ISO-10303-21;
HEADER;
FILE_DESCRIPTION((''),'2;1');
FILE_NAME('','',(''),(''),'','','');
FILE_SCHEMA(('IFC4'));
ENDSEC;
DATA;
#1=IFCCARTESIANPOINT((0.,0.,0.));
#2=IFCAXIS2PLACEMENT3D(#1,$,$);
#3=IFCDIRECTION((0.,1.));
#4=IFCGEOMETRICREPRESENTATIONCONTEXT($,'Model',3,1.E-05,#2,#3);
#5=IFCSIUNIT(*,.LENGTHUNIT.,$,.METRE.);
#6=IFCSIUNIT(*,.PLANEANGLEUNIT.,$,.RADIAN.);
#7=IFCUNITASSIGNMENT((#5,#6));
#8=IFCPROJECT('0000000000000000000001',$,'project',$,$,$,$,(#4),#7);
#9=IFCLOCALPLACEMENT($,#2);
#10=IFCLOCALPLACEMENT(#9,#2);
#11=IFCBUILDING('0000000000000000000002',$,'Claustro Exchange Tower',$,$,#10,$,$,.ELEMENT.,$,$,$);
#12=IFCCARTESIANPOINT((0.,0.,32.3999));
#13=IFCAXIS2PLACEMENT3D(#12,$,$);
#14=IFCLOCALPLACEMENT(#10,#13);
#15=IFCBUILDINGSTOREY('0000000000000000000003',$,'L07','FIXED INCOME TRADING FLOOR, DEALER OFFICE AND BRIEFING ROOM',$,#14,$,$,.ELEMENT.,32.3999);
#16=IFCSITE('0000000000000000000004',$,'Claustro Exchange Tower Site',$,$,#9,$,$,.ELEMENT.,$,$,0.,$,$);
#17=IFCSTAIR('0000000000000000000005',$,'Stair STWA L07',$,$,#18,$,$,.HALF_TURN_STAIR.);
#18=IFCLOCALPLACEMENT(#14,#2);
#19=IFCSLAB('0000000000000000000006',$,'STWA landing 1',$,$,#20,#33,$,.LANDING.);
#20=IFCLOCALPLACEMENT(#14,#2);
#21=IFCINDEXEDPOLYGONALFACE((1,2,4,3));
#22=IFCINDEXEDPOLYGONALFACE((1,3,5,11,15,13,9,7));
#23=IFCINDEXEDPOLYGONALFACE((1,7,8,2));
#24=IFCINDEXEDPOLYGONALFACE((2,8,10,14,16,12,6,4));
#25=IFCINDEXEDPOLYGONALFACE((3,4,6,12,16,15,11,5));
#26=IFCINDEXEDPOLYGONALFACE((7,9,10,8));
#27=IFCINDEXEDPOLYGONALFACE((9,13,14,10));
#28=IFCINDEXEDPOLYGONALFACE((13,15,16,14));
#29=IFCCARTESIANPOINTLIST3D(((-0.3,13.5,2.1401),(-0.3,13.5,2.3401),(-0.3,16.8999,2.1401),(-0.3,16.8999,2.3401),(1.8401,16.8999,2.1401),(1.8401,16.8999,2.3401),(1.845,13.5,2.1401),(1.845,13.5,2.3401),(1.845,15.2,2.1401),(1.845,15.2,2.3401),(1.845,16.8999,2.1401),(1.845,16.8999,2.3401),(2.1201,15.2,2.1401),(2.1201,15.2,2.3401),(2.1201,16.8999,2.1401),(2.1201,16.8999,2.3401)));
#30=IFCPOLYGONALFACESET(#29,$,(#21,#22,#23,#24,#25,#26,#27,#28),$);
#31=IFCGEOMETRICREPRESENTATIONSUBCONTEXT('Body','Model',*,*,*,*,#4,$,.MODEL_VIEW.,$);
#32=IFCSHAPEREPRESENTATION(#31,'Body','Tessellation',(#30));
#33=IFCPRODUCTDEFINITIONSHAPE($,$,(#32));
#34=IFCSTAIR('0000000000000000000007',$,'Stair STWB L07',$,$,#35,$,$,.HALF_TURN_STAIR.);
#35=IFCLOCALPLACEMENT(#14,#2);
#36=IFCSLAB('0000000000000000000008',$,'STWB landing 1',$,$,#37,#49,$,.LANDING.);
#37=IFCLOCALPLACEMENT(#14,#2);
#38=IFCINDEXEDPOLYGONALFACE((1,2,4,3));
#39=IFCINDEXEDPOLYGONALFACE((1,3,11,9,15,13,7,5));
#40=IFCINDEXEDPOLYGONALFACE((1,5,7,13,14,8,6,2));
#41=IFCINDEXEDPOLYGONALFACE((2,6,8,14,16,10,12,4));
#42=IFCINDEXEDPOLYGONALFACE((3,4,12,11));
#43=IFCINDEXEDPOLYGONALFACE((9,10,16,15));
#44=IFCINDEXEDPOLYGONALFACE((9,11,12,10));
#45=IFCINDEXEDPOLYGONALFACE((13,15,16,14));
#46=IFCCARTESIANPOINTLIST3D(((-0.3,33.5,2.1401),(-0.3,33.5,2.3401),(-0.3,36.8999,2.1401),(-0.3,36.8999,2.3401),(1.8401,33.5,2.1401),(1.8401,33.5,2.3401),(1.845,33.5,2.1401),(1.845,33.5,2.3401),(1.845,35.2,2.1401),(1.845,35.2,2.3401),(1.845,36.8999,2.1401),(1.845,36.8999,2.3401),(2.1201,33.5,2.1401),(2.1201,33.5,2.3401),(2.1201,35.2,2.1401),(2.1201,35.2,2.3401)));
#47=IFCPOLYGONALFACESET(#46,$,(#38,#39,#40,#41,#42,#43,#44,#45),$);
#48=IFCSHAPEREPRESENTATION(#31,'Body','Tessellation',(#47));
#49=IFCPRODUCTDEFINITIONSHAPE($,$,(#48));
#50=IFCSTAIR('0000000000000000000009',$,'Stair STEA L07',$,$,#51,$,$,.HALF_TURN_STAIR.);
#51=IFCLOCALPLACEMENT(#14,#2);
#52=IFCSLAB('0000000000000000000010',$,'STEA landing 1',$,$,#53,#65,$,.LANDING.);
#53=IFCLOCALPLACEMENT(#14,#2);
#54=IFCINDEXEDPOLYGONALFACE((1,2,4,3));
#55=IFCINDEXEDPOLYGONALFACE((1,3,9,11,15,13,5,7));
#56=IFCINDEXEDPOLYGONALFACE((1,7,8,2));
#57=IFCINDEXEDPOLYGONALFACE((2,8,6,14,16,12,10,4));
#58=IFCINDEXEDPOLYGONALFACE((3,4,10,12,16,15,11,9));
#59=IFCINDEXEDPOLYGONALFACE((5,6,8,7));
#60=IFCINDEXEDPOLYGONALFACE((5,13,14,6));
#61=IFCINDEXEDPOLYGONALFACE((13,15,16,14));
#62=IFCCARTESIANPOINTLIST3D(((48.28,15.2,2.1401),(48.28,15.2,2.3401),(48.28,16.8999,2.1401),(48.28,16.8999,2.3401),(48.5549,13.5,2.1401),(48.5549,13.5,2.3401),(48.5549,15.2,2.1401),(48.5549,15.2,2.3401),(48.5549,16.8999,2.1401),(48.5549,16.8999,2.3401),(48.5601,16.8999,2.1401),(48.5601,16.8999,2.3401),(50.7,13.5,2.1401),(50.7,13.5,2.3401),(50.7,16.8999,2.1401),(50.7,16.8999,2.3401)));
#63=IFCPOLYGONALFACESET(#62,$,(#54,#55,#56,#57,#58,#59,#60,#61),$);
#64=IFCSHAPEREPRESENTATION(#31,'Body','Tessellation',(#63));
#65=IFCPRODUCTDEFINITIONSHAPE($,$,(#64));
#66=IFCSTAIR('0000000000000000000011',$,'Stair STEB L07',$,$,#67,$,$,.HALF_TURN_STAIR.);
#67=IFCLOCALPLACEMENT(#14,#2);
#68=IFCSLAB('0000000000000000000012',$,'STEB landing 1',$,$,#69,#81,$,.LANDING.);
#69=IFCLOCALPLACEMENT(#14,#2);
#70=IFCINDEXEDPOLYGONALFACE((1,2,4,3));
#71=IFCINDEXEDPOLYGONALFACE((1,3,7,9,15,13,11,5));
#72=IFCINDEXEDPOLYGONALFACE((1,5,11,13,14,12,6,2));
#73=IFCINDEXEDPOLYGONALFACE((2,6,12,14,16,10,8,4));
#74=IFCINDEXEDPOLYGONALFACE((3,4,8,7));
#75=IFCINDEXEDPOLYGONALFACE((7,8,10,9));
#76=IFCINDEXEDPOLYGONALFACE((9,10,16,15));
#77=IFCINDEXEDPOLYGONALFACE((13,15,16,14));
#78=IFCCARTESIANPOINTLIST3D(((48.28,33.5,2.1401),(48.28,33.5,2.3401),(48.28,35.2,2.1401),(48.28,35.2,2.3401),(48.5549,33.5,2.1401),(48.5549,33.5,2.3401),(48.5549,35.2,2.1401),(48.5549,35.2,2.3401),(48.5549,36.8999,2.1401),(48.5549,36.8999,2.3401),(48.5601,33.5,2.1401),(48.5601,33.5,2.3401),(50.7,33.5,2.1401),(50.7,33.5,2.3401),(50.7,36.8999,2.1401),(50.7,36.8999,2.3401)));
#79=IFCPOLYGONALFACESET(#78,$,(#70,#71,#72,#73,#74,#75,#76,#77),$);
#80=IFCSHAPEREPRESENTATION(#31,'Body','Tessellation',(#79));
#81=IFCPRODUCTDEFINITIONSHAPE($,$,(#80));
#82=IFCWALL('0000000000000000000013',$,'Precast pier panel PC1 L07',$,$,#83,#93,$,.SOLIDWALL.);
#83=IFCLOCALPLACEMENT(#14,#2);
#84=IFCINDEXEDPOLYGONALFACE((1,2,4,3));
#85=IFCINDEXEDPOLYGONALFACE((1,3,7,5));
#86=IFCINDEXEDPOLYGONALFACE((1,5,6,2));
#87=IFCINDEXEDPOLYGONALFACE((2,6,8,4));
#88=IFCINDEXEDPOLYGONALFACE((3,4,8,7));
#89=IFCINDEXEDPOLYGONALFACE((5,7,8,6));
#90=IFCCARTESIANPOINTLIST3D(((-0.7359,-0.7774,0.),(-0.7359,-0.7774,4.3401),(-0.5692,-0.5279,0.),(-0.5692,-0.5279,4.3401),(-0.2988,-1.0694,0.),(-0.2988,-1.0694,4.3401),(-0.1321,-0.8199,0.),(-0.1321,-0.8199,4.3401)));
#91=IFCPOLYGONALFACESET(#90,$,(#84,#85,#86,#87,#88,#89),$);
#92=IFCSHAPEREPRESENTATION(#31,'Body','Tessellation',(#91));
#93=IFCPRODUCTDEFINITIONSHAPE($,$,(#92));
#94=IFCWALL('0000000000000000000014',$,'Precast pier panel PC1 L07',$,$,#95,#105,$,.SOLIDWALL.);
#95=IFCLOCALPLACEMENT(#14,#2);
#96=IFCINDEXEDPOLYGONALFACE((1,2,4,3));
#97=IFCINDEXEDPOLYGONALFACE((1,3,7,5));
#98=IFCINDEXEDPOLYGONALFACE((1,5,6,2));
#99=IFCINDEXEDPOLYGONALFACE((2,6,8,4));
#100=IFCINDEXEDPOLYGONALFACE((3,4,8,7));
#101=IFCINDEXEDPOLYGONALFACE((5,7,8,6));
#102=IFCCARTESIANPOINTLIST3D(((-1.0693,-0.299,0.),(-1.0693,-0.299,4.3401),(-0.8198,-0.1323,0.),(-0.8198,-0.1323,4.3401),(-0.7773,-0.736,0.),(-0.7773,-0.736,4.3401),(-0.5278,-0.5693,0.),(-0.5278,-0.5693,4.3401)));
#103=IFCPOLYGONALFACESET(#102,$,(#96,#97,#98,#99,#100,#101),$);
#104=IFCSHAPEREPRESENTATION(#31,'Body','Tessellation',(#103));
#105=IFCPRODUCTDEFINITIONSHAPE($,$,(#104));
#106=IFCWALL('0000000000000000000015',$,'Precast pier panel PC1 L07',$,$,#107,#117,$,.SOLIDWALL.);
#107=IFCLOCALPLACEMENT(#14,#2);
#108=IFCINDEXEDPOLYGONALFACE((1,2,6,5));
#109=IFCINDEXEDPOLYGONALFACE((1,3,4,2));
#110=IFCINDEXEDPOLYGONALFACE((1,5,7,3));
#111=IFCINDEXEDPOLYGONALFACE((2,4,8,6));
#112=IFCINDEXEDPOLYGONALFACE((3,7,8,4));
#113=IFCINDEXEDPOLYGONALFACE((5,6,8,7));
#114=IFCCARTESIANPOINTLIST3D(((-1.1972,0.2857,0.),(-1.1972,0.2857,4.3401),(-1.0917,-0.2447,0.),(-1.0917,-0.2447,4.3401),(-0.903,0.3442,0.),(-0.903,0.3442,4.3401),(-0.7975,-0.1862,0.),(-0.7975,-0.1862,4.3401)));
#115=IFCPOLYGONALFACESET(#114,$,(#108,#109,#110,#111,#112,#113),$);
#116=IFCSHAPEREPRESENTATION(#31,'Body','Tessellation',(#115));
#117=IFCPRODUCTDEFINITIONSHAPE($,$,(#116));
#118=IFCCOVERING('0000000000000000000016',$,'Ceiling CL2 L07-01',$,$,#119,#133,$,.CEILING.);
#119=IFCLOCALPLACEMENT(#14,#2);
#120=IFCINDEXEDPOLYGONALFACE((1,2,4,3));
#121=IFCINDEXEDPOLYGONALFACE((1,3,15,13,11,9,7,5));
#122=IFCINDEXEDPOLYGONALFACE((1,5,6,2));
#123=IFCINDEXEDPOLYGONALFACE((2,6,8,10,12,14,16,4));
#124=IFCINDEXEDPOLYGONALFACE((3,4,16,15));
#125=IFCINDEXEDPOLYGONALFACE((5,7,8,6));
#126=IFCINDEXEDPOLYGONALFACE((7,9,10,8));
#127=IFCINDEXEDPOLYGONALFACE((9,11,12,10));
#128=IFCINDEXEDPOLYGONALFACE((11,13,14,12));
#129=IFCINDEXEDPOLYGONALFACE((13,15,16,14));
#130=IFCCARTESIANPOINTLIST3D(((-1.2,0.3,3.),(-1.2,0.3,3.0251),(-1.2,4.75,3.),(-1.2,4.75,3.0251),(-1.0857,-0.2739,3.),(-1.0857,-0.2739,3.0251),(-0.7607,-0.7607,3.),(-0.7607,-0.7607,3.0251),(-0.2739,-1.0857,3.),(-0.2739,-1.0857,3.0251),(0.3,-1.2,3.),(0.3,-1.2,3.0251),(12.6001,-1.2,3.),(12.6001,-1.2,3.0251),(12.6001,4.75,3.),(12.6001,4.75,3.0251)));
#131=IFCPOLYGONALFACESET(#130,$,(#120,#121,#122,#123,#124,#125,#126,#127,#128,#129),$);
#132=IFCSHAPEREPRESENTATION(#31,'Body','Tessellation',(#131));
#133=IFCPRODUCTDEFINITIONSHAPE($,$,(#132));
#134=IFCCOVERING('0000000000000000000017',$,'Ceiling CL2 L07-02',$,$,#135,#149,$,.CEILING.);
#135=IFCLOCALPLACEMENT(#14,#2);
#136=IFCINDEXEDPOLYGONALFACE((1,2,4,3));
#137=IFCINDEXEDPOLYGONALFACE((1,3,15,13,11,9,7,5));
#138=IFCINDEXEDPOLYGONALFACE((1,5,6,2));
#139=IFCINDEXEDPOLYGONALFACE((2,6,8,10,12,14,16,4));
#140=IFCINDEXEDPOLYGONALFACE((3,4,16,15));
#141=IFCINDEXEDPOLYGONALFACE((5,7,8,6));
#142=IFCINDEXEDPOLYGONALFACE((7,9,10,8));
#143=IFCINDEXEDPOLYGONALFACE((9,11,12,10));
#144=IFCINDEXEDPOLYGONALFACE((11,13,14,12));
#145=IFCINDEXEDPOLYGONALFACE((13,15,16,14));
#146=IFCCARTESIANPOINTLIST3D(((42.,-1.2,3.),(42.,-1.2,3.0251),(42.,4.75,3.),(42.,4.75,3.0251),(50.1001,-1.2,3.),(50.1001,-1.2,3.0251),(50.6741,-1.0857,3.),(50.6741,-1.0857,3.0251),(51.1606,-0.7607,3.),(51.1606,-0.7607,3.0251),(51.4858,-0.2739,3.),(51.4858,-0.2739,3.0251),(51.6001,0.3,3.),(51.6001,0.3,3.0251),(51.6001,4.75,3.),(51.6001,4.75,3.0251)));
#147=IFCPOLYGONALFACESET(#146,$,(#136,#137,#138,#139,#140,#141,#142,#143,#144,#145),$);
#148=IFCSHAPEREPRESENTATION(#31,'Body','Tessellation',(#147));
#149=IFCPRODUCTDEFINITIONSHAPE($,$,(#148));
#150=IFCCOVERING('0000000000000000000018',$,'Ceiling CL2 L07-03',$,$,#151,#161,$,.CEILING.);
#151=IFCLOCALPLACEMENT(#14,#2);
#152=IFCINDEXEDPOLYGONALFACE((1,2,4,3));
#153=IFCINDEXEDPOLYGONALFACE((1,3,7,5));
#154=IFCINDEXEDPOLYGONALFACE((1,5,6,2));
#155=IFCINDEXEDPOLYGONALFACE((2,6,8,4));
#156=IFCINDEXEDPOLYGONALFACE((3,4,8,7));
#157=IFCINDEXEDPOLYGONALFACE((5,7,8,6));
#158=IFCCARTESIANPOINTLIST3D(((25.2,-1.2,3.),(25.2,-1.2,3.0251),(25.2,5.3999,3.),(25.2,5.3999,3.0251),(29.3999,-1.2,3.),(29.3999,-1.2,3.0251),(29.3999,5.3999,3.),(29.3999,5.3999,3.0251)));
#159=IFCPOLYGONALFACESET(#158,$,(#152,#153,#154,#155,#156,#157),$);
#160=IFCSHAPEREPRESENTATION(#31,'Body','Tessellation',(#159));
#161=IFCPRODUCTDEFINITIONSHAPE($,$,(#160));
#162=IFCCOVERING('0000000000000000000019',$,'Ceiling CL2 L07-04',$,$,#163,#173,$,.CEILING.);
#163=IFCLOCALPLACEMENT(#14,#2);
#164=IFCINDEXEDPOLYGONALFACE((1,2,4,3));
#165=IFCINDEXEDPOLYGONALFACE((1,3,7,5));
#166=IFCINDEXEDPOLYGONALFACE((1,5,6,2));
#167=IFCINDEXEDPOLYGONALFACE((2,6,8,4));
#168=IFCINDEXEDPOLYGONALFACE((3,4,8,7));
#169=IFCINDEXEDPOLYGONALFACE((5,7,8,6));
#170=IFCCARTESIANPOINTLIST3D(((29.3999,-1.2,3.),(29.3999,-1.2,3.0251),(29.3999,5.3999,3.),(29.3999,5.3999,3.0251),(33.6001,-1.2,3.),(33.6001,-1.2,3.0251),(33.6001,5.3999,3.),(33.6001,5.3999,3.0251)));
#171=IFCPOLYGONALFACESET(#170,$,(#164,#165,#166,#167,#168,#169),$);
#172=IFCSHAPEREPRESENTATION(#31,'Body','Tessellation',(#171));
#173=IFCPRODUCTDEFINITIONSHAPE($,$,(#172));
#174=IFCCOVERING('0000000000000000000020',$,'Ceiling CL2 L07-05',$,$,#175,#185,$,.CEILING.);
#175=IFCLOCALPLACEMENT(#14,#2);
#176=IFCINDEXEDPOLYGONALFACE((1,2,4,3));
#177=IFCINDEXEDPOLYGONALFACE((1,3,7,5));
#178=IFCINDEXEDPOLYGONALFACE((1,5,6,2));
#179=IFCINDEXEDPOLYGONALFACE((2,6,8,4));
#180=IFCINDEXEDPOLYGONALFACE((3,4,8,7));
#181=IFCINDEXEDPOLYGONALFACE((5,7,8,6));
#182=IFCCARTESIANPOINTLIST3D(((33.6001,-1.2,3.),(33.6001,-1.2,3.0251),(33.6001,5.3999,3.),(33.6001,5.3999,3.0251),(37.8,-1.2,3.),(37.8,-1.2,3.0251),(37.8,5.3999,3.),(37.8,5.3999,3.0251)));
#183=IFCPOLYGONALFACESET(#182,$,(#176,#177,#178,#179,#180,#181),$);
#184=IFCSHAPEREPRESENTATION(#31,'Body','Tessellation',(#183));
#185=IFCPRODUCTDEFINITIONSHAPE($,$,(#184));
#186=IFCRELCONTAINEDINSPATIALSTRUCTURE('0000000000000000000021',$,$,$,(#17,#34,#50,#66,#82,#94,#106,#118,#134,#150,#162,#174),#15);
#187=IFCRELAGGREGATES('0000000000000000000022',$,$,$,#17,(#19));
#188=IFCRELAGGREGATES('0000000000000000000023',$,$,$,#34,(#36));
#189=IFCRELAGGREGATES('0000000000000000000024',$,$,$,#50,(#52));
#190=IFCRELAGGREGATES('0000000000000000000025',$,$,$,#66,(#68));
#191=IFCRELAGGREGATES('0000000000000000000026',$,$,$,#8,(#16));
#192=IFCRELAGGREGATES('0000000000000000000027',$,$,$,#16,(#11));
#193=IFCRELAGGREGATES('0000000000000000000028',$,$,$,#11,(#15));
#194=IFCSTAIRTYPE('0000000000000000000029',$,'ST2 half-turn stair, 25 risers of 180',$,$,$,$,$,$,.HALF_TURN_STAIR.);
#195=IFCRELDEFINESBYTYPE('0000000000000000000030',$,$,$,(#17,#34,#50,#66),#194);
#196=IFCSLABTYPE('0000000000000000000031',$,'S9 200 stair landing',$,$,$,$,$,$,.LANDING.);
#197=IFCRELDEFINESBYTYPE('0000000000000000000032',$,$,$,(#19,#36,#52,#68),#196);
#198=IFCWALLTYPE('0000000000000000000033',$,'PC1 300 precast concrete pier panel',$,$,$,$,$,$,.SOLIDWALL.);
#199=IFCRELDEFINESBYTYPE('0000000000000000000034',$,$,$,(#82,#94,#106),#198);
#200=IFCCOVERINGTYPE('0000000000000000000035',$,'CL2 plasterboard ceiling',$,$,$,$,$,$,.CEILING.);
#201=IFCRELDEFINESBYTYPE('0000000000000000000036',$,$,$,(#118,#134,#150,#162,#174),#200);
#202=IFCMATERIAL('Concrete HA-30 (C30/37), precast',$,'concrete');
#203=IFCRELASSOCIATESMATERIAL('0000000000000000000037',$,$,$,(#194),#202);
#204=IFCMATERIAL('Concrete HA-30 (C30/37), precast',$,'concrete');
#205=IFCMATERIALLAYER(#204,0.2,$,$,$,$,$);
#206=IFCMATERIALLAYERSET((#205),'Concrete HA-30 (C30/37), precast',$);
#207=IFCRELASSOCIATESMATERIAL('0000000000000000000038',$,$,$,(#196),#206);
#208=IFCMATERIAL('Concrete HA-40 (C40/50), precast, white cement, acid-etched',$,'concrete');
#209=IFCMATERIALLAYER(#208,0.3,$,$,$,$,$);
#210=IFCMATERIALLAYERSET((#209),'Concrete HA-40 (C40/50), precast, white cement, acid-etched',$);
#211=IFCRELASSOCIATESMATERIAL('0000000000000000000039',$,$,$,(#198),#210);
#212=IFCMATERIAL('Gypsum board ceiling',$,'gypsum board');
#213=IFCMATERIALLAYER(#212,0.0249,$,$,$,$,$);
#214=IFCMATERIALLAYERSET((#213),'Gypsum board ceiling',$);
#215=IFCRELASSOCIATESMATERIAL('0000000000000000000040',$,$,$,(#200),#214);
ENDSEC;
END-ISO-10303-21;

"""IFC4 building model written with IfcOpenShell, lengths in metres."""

from ifc_helpers import new_model, si_unit, direction, frame, frame_2d, origin, place, context, subcontext, project, spatial, polyline, rectangle, outline, extrude, material, layer, layer_set, type_object, element, aggregate, save


model = new_model("IFC4")

# Units and contexts
model_context = context("Model", 3, precision=1e-05, world=origin(), true_north=direction((0.0, 1.0)))
body_context = subcontext(model_context, "Body", "Model", "MODEL_VIEW")
ifc_project = project(units=[si_unit("LENGTHUNIT", "METRE"), si_unit("PLANEANGLEUNIT", "RADIAN")], contexts=[model_context])

# Site, building, storey
site_placement = place(None, origin())
site = spatial("IfcSite", under=ifc_project, at=site_placement, Name="Claustro Exchange Tower Site", CompositionType="ELEMENT", RefElevation=0.0)
building_placement = place(site_placement, origin())
building = spatial("IfcBuilding", under=site, at=building_placement, Name="Claustro Exchange Tower", CompositionType="ELEMENT")
storey_placement = place(building_placement, frame((0.0, 0.0, 32.3999)))
storey = spatial("IfcBuildingStorey", under=building, at=storey_placement, Name="L07", Description="FIXED INCOME TRADING FLOOR, DEALER OFFICE AND BRIEFING ROOM", CompositionType="ELEMENT", Elevation=32.3999)

# Stairs, slabs
ifc_material_1 = material(Name="Concrete HA-30 (C30/37), precast", Category="concrete")
stair_type = type_object("IfcStairType", Name="ST2 half-turn stair, 25 risers of 180", PredefinedType="HALF_TURN_STAIR", material=ifc_material_1)
stair_1_placement = place(storey_placement, origin())
stair_1 = element("IfcStair", 1, at=stair_1_placement, inside=storey, type_object=stair_type, Name="Stair STWA L07", PredefinedType="HALF_TURN_STAIR")
ifc_material_2 = material(Name="Concrete HA-30 (C30/37), precast", Category="concrete")
ifc_layer_1 = layer(ifc_material_2, 0.2)
ifc_layer_set_1 = layer_set([ifc_layer_1], Name="Concrete HA-30 (C30/37), precast")
slab_type_1 = type_object("IfcSlabType", Name="S9 200 stair landing", PredefinedType="LANDING", material=ifc_layer_set_1)
slab_1_placement = place(storey_placement, frame((0.0, 0.0, 2.1401)))
slab_1 = element("IfcSlab", 2, at=slab_1_placement, type_object=slab_type_1, Name="STWA landing 1", PredefinedType="LANDING", context=body_context, shape_type="SweptSolid", body=[
    extrude(outline(polyline([(1.845, 13.5), (-0.3, 13.5), (-0.3, 16.8999), (1.8401, 16.8999), (1.845, 16.8999), (2.1201, 16.8999), (2.1201, 15.2), (1.845, 15.2), (1.845, 13.5)])), origin(), (0.0, 0.0, 1.0), 0.2),
])
aggregate(stair_1, [slab_1])
stair_2_placement = place(storey_placement, origin())
stair_2 = element("IfcStair", 3, at=stair_2_placement, inside=storey, type_object=stair_type, Name="Stair STWB L07", PredefinedType="HALF_TURN_STAIR")
slab_2_placement = place(storey_placement, frame((0.0, 0.0, 2.1401)))
slab_2 = element("IfcSlab", 4, at=slab_2_placement, type_object=slab_type_1, Name="STWB landing 1", PredefinedType="LANDING", context=body_context, shape_type="SweptSolid", body=[
    extrude(outline(polyline([(2.1201, 35.2), (2.1201, 33.5), (1.845, 33.5), (1.8401, 33.5), (-0.3, 33.5), (-0.3, 36.8999), (1.845, 36.8999), (1.845, 35.2), (2.1201, 35.2)])), origin(), (0.0, 0.0, 1.0), 0.2),
])
aggregate(stair_2, [slab_2])
stair_3_placement = place(storey_placement, origin())
stair_3 = element("IfcStair", 5, at=stair_3_placement, inside=storey, type_object=stair_type, Name="Stair STEA L07", PredefinedType="HALF_TURN_STAIR")
slab_3_placement = place(storey_placement, frame((0.0, 0.0, 2.1401)))
slab_3 = element("IfcSlab", 6, at=slab_3_placement, type_object=slab_type_1, Name="STEA landing 1", PredefinedType="LANDING", context=body_context, shape_type="SweptSolid", body=[
    extrude(outline(polyline([(50.7, 16.8999), (50.7, 13.5), (48.5549, 13.5), (48.5549, 15.2), (48.28, 15.2), (48.28, 16.8999), (48.5549, 16.8999), (48.5601, 16.8999), (50.7, 16.8999)])), origin(), (0.0, 0.0, 1.0), 0.2),
])
aggregate(stair_3, [slab_3])
stair_4_placement = place(storey_placement, origin())
stair_4 = element("IfcStair", 7, at=stair_4_placement, inside=storey, type_object=stair_type, Name="Stair STEB L07", PredefinedType="HALF_TURN_STAIR")
slab_4_placement = place(storey_placement, frame((0.0, 0.0, 2.1401)))
slab_4 = element("IfcSlab", 8, at=slab_4_placement, type_object=slab_type_1, Name="STEB landing 1", PredefinedType="LANDING", context=body_context, shape_type="SweptSolid", body=[
    extrude(outline(polyline([(48.28, 33.5), (48.28, 35.2), (48.5549, 35.2), (48.5549, 36.8999), (50.7, 36.8999), (50.7, 33.5), (48.5601, 33.5), (48.5549, 33.5), (48.28, 33.5)])), origin(), (0.0, 0.0, 1.0), 0.2),
])
aggregate(stair_4, [slab_4])

# Walls
ifc_material_3 = material(Name="Concrete HA-40 (C40/50), precast, white cement, acid-etched", Category="concrete")
ifc_layer_2 = layer(ifc_material_3, 0.3)
ifc_layer_set_2 = layer_set([ifc_layer_2], Name="Concrete HA-40 (C40/50), precast, white cement, acid-etched")
wall_type = type_object("IfcWallType", Name="PC1 300 precast concrete pier panel", PredefinedType="SOLIDWALL", material=ifc_layer_set_2)
for number, where, z_axis, x_axis, name in (
    (9, (-0.2156, -0.9446, 0.0), (0.0, 0.0, 1.0), (-0.831478, 0.555557, 0.0), "Precast pier panel PC1 L07"),
    (10, (-0.6526, -0.6526, 0.0), (0.0, 0.0, 1.0), (-0.555557, 0.831478, 0.0), "Precast pier panel PC1 L07"),
):
    element("IfcWall", number, at=place(storey_placement, frame(where, z_axis=z_axis, x_axis=x_axis)), inside=storey, type_object=wall_type, Name=name, PredefinedType="SOLIDWALL", context=body_context, shape_type="SweptSolid", body=[
        extrude(rectangle(XDim=0.5256, YDim=0.3, at=frame_2d((0.2627, 0.0))), origin(), (0.0, 0.0, 1.0), 4.3401),
    ])
wall_placement = place(storey_placement, frame((-0.9446, -0.2156, 0.0), z_axis=(0.0, 0.0, 1.0), x_axis=(-0.195074, 0.980789, 0.0)))
element("IfcWall", 11, at=wall_placement, inside=storey, type_object=wall_type, Name="Precast pier panel PC1 L07", PredefinedType="SOLIDWALL", context=body_context, shape_type="SweptSolid", body=[
    extrude(rectangle(XDim=0.5408, YDim=0.3, at=frame_2d((0.2705, 0.0))), origin(), (0.0, 0.0, 1.0), 4.3401),
])

# Coverings
ifc_material_4 = material(Name="Gypsum board ceiling", Category="gypsum board")
ifc_layer_3 = layer(ifc_material_4, 0.0249)
ifc_layer_set_3 = layer_set([ifc_layer_3], Name="Gypsum board ceiling")
covering_type = type_object("IfcCoveringType", Name="CL2 plasterboard ceiling", PredefinedType="CEILING", material=ifc_layer_set_3)
covering_1_placement = place(storey_placement, frame((0.0, 0.0, 3.0)))
element("IfcCovering", 12, at=covering_1_placement, inside=storey, type_object=covering_type, Name="Ceiling CL2 L07-01", PredefinedType="CEILING", context=body_context, shape_type="SweptSolid", body=[
    extrude(outline(polyline([(-1.0857, -0.2739), (-0.7607, -0.7607), (-0.2739, -1.0857), (0.3, -1.2), (12.6001, -1.2), (12.6001, 4.75), (-1.2, 4.75), (-1.2, 0.3), (-1.0857, -0.2739)])), origin(), (0.0, 0.0, 1.0), 0.0251),
])
covering_2_placement = place(storey_placement, frame((0.0, 0.0, 3.0)))
element("IfcCovering", 13, at=covering_2_placement, inside=storey, type_object=covering_type, Name="Ceiling CL2 L07-02", PredefinedType="CEILING", context=body_context, shape_type="SweptSolid", body=[
    extrude(outline(polyline([(51.6001, 0.3), (51.6001, 4.75), (42.0, 4.75), (42.0, -1.2), (50.1001, -1.2), (50.6741, -1.0857), (51.1606, -0.7607), (51.4858, -0.2739), (51.6001, 0.3)])), origin(), (0.0, 0.0, 1.0), 0.0251),
])
covering_3_placement = place(storey_placement, frame((0.0, 0.0, 3.0)))
element("IfcCovering", 14, at=covering_3_placement, inside=storey, type_object=covering_type, Name="Ceiling CL2 L07-03", PredefinedType="CEILING", context=body_context, shape_type="SweptSolid", body=[
    extrude(outline(polyline([(25.2, -1.2), (29.3999, -1.2), (29.3999, 5.3999), (25.2, 5.3999), (25.2, -1.2)])), origin(), (0.0, 0.0, 1.0), 0.0251),
])
covering_4_placement = place(storey_placement, frame((0.0, 0.0, 3.0)))
element("IfcCovering", 15, at=covering_4_placement, inside=storey, type_object=covering_type, Name="Ceiling CL2 L07-04", PredefinedType="CEILING", context=body_context, shape_type="SweptSolid", body=[
    extrude(outline(polyline([(29.3999, -1.2), (33.6001, -1.2), (33.6001, 5.3999), (29.3999, 5.3999), (29.3999, -1.2)])), origin(), (0.0, 0.0, 1.0), 0.0251),
])
covering_5_placement = place(storey_placement, frame((0.0, 0.0, 3.0)))
element("IfcCovering", 16, at=covering_5_placement, inside=storey, type_object=covering_type, Name="Ceiling CL2 L07-05", PredefinedType="CEILING", context=body_context, shape_type="SweptSolid", body=[
    extrude(outline(polyline([(33.6001, -1.2), (37.8, -1.2), (37.8, 5.3999), (33.6001, 5.3999), (33.6001, -1.2)])), origin(), (0.0, 0.0, 1.0), 0.0251),
])

save(model, "model.ifc")
